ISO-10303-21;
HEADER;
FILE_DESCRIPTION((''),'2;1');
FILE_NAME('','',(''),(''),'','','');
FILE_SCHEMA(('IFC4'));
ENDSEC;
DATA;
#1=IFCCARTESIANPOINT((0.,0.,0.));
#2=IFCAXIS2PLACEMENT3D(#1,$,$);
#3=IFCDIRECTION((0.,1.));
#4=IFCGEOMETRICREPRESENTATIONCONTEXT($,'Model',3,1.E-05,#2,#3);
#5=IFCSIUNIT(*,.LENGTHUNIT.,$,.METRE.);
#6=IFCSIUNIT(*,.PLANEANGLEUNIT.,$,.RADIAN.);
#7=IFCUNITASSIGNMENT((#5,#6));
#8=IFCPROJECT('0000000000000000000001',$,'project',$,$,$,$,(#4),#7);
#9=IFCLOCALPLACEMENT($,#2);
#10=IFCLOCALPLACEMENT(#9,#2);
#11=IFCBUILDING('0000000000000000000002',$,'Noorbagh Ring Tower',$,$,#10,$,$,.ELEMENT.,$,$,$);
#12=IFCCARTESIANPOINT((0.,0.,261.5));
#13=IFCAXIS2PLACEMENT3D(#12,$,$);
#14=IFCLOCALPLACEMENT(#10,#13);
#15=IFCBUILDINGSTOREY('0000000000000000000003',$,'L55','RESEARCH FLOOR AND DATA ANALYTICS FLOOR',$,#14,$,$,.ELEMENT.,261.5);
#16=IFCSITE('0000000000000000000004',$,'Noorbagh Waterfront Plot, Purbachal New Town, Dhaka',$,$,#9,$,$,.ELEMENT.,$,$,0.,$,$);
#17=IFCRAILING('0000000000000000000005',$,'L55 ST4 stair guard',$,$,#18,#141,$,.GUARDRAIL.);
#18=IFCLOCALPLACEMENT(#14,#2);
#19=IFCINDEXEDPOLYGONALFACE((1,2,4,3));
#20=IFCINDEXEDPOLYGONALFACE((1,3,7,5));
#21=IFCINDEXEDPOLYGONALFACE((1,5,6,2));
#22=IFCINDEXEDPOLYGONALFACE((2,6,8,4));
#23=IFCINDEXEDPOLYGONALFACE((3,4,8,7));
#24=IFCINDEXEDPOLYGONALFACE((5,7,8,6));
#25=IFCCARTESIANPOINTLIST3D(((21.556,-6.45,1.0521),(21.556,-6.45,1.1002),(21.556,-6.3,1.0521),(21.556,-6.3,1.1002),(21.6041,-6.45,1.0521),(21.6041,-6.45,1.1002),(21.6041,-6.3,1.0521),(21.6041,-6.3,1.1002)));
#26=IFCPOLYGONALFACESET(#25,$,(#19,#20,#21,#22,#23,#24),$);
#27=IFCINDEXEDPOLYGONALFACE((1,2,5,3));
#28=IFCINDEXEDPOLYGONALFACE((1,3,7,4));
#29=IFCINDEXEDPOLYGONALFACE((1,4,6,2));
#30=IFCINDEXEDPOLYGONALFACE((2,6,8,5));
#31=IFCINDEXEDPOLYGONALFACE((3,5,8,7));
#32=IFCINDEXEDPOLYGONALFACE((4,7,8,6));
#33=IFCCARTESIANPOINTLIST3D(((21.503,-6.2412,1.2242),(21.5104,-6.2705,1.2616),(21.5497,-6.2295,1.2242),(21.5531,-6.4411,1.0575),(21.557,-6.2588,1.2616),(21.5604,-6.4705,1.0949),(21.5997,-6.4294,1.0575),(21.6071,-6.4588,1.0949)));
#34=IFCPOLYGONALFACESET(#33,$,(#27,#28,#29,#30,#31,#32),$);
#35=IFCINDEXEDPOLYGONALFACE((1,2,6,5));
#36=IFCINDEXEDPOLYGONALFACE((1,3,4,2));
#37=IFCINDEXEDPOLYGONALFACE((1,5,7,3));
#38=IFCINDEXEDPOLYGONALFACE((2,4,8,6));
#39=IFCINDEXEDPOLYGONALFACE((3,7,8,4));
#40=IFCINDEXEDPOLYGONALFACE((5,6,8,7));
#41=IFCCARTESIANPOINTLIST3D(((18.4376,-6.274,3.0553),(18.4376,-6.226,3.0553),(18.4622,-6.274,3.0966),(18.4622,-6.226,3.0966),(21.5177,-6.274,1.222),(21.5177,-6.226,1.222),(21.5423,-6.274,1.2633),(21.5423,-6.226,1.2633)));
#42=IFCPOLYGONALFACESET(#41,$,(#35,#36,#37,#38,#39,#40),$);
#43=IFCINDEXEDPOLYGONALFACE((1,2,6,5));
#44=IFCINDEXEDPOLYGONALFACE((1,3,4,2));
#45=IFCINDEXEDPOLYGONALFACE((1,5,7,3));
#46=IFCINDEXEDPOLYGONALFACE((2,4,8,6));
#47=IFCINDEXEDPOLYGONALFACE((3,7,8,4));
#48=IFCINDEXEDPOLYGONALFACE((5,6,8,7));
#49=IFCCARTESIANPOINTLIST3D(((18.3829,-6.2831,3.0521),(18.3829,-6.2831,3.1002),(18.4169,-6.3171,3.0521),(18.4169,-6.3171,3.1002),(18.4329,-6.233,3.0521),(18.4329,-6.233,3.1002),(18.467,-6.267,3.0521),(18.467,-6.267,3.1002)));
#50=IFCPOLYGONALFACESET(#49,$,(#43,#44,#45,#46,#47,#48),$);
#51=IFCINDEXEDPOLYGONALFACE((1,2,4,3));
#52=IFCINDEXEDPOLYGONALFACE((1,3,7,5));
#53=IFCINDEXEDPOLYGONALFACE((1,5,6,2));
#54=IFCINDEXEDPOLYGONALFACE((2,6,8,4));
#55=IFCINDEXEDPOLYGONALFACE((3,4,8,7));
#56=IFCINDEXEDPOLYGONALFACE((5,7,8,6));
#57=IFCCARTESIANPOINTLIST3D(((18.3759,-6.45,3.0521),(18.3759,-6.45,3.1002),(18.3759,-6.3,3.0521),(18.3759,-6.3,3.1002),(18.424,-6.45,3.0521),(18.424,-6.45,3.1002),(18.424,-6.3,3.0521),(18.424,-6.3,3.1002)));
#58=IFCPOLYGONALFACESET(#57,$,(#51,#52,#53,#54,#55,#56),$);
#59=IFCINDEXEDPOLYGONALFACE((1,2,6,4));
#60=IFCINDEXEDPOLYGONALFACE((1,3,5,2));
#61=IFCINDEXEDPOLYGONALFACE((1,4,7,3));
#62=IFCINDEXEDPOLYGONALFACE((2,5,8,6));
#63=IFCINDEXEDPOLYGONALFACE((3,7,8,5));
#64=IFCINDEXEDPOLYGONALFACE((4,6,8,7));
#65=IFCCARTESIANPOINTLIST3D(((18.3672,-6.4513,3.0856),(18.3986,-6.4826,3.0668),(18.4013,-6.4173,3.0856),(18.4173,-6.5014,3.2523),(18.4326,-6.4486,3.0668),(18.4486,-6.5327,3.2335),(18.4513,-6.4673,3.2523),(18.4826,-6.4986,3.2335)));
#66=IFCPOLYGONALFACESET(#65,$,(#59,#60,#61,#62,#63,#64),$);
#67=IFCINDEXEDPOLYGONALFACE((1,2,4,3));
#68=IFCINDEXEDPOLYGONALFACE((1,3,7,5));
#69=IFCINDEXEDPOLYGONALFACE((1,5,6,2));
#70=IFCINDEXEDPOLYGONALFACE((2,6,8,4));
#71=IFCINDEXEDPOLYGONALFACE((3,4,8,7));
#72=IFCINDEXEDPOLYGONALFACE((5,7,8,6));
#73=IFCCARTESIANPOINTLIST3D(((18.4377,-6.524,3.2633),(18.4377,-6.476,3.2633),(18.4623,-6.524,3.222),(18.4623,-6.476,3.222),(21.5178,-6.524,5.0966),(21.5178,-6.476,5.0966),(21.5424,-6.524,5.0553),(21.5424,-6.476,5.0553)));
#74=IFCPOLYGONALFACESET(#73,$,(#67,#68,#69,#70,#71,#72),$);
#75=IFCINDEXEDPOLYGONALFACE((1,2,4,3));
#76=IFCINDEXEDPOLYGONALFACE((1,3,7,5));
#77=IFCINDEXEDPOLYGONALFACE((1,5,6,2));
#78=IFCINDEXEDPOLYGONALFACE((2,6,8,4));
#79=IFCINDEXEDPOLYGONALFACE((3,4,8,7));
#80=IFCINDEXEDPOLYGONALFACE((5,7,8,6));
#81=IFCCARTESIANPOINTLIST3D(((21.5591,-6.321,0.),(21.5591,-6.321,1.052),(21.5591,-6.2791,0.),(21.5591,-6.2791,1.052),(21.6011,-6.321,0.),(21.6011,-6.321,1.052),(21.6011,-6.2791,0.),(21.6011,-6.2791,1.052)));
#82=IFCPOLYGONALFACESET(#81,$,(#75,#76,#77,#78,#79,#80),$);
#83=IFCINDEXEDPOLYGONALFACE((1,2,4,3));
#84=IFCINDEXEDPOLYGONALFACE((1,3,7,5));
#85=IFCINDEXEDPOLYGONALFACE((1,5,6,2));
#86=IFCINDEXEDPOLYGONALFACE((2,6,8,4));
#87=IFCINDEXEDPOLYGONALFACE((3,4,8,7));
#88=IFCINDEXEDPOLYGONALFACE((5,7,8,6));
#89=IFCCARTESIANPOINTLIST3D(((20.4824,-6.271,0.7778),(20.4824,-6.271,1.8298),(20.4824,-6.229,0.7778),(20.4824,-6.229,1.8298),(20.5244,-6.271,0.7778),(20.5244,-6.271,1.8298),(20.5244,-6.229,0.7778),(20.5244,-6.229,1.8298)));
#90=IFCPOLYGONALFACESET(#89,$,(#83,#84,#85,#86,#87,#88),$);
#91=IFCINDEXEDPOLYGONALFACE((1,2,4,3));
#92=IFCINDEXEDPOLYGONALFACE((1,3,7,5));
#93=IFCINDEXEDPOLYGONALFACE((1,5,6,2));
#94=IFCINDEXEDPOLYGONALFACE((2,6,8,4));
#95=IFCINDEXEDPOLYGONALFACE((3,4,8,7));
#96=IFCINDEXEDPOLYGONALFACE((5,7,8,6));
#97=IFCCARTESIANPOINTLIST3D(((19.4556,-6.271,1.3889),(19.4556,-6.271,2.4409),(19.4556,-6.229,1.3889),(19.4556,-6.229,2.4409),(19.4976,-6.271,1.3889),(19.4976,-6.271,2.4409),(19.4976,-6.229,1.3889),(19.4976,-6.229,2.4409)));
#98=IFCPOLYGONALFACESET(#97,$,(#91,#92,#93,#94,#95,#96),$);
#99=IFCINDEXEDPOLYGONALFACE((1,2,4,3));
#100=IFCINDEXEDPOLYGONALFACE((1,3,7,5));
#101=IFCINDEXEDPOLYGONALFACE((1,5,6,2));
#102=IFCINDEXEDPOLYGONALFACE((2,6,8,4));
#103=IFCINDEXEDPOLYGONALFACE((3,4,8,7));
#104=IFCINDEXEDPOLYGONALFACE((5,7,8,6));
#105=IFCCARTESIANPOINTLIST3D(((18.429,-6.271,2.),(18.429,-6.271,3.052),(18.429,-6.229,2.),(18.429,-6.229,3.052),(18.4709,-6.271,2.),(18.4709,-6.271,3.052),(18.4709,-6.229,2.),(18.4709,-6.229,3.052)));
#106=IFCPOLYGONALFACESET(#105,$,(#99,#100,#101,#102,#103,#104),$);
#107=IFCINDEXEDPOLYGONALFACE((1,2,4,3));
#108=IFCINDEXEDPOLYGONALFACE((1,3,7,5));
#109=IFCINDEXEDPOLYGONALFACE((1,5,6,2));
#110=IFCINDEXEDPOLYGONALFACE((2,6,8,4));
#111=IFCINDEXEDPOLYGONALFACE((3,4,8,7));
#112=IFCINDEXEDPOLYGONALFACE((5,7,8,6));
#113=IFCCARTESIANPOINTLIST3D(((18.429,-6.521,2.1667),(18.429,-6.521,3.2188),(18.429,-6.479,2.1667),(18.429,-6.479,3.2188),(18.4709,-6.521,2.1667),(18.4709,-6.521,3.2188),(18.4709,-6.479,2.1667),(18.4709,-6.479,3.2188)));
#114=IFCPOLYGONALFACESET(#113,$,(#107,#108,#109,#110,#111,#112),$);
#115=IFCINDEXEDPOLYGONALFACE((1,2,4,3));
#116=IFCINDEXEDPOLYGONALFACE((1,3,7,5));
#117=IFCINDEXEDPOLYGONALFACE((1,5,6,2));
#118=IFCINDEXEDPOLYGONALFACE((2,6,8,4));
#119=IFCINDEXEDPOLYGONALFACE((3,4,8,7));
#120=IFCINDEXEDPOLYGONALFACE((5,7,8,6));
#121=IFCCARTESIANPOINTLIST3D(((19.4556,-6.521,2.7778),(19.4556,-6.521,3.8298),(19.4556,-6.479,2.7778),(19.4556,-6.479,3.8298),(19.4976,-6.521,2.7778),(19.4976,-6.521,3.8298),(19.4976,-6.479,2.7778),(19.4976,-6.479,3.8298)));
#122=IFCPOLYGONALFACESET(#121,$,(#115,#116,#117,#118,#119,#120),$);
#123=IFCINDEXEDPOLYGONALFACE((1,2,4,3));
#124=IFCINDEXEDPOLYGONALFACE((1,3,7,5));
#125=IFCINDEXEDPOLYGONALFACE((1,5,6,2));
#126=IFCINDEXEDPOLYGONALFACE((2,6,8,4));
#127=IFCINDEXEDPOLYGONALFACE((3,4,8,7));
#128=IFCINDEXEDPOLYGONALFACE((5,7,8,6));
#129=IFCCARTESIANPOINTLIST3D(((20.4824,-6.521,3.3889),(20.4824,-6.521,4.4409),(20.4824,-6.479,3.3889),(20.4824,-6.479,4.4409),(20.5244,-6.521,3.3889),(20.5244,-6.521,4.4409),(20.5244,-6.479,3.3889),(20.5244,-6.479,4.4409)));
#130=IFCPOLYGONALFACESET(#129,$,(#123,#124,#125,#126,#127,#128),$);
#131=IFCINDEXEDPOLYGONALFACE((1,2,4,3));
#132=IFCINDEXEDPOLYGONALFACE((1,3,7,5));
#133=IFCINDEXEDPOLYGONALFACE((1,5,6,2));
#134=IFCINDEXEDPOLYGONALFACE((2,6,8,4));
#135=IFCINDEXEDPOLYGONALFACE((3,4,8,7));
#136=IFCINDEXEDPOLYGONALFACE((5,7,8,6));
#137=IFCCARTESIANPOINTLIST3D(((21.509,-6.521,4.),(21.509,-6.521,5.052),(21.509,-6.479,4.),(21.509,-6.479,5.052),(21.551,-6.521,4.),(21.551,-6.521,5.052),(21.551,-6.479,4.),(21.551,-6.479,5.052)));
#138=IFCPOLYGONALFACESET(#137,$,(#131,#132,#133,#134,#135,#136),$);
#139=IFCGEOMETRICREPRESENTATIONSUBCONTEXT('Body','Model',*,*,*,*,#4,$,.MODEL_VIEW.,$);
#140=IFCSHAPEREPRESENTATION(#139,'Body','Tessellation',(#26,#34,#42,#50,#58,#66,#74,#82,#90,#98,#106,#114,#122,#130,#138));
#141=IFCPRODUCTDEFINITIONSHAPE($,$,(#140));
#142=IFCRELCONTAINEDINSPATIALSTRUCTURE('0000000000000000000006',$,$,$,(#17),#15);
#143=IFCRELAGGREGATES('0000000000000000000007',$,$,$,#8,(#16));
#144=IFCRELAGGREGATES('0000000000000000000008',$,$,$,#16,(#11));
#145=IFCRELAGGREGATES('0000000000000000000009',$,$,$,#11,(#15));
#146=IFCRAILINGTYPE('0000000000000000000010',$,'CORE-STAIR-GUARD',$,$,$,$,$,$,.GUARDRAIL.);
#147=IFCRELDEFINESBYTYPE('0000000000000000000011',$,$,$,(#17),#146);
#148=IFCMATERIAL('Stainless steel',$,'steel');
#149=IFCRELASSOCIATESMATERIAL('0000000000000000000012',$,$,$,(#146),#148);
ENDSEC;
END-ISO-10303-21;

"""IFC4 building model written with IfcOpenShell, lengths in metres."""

from ifc_helpers import new_model, si_unit, direction, frame, origin, origin_2d, place, context, subcontext, project, spatial, rectangle, extrude, material, type_object, element, save


model = new_model("IFC4")

# Units and contexts
model_context = context("Model", 3, precision=1e-05, world=origin(), true_north=direction((0.0, 1.0)))
body_context = subcontext(model_context, "Body", "Model", "MODEL_VIEW")
ifc_project = project(units=[si_unit("LENGTHUNIT", "METRE"), si_unit("PLANEANGLEUNIT", "RADIAN")], contexts=[model_context])

# Site, building, storey
site_placement = place(None, origin())
site = spatial("IfcSite", under=ifc_project, at=site_placement, Name="Noorbagh Waterfront Plot, Purbachal New Town, Dhaka", CompositionType="ELEMENT", RefElevation=0.0)
building_placement = place(site_placement, origin())
building = spatial("IfcBuilding", under=site, at=building_placement, Name="Noorbagh Ring Tower", CompositionType="ELEMENT")
storey_placement = place(building_placement, frame((0.0, 0.0, 261.5)))
storey = spatial("IfcBuildingStorey", under=building, at=storey_placement, Name="L55", Description="RESEARCH FLOOR AND DATA ANALYTICS FLOOR", CompositionType="ELEMENT", Elevation=261.5)

# Railing
ifc_material_1 = material(Name="Stainless steel", Category="steel")
railing_type_1 = type_object("IfcRailingType", Name="CORE-STAIR-GUARD", PredefinedType="GUARDRAIL", material=ifc_material_1)
railing_1_placement = place(storey_placement, frame((21.5801, -6.3, 0.0)))
element("IfcRailing", 1, at=railing_1_placement, inside=storey, type_object=railing_type_1, Name="L55 ST4 stair guard", PredefinedType="GUARDRAIL", context=body_context, shape_type="SweptSolid", body=[
    extrude(rectangle(XDim=0.0481, YDim=0.0481, at=origin_2d()), frame((0.0, 0.0, 1.0762), z_axis=(0.0, -1.0, 0.0), x_axis=(1.0, 0.0, 0.0)), (0.0, 0.0, 1.0), 0.1499),
    extrude(rectangle(XDim=0.0481, YDim=0.0481, at=origin_2d()), frame((0.0, -0.1499, 1.0762), z_axis=(-0.188776, 0.754182, 0.628946), x_axis=(-0.970073, -0.242814, 0.0)), (0.0, 0.0, 1.0), 0.2651),
    extrude(rectangle(XDim=0.0481, YDim=0.0481, at=origin_2d()), frame((-0.05, 0.05, 1.2427), z_axis=(-0.859309, 0.0, 0.511458), x_axis=(0.0, -1.0, 0.0)), (0.0, 0.0, 1.0), 3.5845),
    extrude(rectangle(XDim=0.0481, YDim=0.0481, at=origin_2d()), frame((-3.1301, 0.05, 3.0762), z_axis=(-0.707107, -0.707107, 0.0), x_axis=(0.707107, -0.707107, 0.0)), (0.0, 0.0, 1.0), 0.0708),
    extrude(rectangle(XDim=0.0481, YDim=0.0481, at=origin_2d()), frame((-3.1802, 0.0, 3.0762), z_axis=(0.0, -1.0, 0.0), x_axis=(1.0, 0.0, 0.0)), (0.0, 0.0, 1.0), 0.1499),
    extrude(rectangle(XDim=0.0481, YDim=0.0481, at=origin_2d()), frame((-3.1802, -0.1499, 3.0762), z_axis=(0.276287, -0.276287, 0.920506), x_axis=(0.707107, 0.707107, 0.0)), (0.0, 0.0, 1.0), 0.1812),
    extrude(rectangle(XDim=0.0481, YDim=0.0481, at=origin_2d()), frame((-3.1301, -0.2, 3.2427), z_axis=(0.859309, 0.0, 0.511458), x_axis=(0.0, 1.0, 0.0)), (0.0, 0.0, 1.0), 3.5845),
    extrude(rectangle(XDim=0.042, YDim=0.042, at=origin_2d()), origin(), (0.0, 0.0, 1.0), 1.052),
    extrude(rectangle(XDim=0.042, YDim=0.042, at=origin_2d()), frame((-1.0767, 0.05, 0.7778)), (0.0, 0.0, 1.0), 1.052),
    extrude(rectangle(XDim=0.042, YDim=0.042, at=origin_2d()), frame((-2.1035, 0.05, 1.3889)), (0.0, 0.0, 1.0), 1.052),
    extrude(rectangle(XDim=0.042, YDim=0.042, at=origin_2d()), frame((-3.1301, 0.05, 2.0)), (0.0, 0.0, 1.0), 1.052),
    extrude(rectangle(XDim=0.042, YDim=0.042, at=origin_2d()), frame((-3.1301, -0.2, 2.1667)), (0.0, 0.0, 1.0), 1.052),
    extrude(rectangle(XDim=0.042, YDim=0.042, at=origin_2d()), frame((-2.1035, -0.2, 2.7778)), (0.0, 0.0, 1.0), 1.052),
    extrude(rectangle(XDim=0.042, YDim=0.042, at=origin_2d()), frame((-1.0767, -0.2, 3.3889)), (0.0, 0.0, 1.0), 1.052),
    extrude(rectangle(XDim=0.042, YDim=0.042, at=origin_2d()), frame((-0.05, -0.2, 4.0)), (0.0, 0.0, 1.0), 1.052),
])

save(model, "model.ifc")
